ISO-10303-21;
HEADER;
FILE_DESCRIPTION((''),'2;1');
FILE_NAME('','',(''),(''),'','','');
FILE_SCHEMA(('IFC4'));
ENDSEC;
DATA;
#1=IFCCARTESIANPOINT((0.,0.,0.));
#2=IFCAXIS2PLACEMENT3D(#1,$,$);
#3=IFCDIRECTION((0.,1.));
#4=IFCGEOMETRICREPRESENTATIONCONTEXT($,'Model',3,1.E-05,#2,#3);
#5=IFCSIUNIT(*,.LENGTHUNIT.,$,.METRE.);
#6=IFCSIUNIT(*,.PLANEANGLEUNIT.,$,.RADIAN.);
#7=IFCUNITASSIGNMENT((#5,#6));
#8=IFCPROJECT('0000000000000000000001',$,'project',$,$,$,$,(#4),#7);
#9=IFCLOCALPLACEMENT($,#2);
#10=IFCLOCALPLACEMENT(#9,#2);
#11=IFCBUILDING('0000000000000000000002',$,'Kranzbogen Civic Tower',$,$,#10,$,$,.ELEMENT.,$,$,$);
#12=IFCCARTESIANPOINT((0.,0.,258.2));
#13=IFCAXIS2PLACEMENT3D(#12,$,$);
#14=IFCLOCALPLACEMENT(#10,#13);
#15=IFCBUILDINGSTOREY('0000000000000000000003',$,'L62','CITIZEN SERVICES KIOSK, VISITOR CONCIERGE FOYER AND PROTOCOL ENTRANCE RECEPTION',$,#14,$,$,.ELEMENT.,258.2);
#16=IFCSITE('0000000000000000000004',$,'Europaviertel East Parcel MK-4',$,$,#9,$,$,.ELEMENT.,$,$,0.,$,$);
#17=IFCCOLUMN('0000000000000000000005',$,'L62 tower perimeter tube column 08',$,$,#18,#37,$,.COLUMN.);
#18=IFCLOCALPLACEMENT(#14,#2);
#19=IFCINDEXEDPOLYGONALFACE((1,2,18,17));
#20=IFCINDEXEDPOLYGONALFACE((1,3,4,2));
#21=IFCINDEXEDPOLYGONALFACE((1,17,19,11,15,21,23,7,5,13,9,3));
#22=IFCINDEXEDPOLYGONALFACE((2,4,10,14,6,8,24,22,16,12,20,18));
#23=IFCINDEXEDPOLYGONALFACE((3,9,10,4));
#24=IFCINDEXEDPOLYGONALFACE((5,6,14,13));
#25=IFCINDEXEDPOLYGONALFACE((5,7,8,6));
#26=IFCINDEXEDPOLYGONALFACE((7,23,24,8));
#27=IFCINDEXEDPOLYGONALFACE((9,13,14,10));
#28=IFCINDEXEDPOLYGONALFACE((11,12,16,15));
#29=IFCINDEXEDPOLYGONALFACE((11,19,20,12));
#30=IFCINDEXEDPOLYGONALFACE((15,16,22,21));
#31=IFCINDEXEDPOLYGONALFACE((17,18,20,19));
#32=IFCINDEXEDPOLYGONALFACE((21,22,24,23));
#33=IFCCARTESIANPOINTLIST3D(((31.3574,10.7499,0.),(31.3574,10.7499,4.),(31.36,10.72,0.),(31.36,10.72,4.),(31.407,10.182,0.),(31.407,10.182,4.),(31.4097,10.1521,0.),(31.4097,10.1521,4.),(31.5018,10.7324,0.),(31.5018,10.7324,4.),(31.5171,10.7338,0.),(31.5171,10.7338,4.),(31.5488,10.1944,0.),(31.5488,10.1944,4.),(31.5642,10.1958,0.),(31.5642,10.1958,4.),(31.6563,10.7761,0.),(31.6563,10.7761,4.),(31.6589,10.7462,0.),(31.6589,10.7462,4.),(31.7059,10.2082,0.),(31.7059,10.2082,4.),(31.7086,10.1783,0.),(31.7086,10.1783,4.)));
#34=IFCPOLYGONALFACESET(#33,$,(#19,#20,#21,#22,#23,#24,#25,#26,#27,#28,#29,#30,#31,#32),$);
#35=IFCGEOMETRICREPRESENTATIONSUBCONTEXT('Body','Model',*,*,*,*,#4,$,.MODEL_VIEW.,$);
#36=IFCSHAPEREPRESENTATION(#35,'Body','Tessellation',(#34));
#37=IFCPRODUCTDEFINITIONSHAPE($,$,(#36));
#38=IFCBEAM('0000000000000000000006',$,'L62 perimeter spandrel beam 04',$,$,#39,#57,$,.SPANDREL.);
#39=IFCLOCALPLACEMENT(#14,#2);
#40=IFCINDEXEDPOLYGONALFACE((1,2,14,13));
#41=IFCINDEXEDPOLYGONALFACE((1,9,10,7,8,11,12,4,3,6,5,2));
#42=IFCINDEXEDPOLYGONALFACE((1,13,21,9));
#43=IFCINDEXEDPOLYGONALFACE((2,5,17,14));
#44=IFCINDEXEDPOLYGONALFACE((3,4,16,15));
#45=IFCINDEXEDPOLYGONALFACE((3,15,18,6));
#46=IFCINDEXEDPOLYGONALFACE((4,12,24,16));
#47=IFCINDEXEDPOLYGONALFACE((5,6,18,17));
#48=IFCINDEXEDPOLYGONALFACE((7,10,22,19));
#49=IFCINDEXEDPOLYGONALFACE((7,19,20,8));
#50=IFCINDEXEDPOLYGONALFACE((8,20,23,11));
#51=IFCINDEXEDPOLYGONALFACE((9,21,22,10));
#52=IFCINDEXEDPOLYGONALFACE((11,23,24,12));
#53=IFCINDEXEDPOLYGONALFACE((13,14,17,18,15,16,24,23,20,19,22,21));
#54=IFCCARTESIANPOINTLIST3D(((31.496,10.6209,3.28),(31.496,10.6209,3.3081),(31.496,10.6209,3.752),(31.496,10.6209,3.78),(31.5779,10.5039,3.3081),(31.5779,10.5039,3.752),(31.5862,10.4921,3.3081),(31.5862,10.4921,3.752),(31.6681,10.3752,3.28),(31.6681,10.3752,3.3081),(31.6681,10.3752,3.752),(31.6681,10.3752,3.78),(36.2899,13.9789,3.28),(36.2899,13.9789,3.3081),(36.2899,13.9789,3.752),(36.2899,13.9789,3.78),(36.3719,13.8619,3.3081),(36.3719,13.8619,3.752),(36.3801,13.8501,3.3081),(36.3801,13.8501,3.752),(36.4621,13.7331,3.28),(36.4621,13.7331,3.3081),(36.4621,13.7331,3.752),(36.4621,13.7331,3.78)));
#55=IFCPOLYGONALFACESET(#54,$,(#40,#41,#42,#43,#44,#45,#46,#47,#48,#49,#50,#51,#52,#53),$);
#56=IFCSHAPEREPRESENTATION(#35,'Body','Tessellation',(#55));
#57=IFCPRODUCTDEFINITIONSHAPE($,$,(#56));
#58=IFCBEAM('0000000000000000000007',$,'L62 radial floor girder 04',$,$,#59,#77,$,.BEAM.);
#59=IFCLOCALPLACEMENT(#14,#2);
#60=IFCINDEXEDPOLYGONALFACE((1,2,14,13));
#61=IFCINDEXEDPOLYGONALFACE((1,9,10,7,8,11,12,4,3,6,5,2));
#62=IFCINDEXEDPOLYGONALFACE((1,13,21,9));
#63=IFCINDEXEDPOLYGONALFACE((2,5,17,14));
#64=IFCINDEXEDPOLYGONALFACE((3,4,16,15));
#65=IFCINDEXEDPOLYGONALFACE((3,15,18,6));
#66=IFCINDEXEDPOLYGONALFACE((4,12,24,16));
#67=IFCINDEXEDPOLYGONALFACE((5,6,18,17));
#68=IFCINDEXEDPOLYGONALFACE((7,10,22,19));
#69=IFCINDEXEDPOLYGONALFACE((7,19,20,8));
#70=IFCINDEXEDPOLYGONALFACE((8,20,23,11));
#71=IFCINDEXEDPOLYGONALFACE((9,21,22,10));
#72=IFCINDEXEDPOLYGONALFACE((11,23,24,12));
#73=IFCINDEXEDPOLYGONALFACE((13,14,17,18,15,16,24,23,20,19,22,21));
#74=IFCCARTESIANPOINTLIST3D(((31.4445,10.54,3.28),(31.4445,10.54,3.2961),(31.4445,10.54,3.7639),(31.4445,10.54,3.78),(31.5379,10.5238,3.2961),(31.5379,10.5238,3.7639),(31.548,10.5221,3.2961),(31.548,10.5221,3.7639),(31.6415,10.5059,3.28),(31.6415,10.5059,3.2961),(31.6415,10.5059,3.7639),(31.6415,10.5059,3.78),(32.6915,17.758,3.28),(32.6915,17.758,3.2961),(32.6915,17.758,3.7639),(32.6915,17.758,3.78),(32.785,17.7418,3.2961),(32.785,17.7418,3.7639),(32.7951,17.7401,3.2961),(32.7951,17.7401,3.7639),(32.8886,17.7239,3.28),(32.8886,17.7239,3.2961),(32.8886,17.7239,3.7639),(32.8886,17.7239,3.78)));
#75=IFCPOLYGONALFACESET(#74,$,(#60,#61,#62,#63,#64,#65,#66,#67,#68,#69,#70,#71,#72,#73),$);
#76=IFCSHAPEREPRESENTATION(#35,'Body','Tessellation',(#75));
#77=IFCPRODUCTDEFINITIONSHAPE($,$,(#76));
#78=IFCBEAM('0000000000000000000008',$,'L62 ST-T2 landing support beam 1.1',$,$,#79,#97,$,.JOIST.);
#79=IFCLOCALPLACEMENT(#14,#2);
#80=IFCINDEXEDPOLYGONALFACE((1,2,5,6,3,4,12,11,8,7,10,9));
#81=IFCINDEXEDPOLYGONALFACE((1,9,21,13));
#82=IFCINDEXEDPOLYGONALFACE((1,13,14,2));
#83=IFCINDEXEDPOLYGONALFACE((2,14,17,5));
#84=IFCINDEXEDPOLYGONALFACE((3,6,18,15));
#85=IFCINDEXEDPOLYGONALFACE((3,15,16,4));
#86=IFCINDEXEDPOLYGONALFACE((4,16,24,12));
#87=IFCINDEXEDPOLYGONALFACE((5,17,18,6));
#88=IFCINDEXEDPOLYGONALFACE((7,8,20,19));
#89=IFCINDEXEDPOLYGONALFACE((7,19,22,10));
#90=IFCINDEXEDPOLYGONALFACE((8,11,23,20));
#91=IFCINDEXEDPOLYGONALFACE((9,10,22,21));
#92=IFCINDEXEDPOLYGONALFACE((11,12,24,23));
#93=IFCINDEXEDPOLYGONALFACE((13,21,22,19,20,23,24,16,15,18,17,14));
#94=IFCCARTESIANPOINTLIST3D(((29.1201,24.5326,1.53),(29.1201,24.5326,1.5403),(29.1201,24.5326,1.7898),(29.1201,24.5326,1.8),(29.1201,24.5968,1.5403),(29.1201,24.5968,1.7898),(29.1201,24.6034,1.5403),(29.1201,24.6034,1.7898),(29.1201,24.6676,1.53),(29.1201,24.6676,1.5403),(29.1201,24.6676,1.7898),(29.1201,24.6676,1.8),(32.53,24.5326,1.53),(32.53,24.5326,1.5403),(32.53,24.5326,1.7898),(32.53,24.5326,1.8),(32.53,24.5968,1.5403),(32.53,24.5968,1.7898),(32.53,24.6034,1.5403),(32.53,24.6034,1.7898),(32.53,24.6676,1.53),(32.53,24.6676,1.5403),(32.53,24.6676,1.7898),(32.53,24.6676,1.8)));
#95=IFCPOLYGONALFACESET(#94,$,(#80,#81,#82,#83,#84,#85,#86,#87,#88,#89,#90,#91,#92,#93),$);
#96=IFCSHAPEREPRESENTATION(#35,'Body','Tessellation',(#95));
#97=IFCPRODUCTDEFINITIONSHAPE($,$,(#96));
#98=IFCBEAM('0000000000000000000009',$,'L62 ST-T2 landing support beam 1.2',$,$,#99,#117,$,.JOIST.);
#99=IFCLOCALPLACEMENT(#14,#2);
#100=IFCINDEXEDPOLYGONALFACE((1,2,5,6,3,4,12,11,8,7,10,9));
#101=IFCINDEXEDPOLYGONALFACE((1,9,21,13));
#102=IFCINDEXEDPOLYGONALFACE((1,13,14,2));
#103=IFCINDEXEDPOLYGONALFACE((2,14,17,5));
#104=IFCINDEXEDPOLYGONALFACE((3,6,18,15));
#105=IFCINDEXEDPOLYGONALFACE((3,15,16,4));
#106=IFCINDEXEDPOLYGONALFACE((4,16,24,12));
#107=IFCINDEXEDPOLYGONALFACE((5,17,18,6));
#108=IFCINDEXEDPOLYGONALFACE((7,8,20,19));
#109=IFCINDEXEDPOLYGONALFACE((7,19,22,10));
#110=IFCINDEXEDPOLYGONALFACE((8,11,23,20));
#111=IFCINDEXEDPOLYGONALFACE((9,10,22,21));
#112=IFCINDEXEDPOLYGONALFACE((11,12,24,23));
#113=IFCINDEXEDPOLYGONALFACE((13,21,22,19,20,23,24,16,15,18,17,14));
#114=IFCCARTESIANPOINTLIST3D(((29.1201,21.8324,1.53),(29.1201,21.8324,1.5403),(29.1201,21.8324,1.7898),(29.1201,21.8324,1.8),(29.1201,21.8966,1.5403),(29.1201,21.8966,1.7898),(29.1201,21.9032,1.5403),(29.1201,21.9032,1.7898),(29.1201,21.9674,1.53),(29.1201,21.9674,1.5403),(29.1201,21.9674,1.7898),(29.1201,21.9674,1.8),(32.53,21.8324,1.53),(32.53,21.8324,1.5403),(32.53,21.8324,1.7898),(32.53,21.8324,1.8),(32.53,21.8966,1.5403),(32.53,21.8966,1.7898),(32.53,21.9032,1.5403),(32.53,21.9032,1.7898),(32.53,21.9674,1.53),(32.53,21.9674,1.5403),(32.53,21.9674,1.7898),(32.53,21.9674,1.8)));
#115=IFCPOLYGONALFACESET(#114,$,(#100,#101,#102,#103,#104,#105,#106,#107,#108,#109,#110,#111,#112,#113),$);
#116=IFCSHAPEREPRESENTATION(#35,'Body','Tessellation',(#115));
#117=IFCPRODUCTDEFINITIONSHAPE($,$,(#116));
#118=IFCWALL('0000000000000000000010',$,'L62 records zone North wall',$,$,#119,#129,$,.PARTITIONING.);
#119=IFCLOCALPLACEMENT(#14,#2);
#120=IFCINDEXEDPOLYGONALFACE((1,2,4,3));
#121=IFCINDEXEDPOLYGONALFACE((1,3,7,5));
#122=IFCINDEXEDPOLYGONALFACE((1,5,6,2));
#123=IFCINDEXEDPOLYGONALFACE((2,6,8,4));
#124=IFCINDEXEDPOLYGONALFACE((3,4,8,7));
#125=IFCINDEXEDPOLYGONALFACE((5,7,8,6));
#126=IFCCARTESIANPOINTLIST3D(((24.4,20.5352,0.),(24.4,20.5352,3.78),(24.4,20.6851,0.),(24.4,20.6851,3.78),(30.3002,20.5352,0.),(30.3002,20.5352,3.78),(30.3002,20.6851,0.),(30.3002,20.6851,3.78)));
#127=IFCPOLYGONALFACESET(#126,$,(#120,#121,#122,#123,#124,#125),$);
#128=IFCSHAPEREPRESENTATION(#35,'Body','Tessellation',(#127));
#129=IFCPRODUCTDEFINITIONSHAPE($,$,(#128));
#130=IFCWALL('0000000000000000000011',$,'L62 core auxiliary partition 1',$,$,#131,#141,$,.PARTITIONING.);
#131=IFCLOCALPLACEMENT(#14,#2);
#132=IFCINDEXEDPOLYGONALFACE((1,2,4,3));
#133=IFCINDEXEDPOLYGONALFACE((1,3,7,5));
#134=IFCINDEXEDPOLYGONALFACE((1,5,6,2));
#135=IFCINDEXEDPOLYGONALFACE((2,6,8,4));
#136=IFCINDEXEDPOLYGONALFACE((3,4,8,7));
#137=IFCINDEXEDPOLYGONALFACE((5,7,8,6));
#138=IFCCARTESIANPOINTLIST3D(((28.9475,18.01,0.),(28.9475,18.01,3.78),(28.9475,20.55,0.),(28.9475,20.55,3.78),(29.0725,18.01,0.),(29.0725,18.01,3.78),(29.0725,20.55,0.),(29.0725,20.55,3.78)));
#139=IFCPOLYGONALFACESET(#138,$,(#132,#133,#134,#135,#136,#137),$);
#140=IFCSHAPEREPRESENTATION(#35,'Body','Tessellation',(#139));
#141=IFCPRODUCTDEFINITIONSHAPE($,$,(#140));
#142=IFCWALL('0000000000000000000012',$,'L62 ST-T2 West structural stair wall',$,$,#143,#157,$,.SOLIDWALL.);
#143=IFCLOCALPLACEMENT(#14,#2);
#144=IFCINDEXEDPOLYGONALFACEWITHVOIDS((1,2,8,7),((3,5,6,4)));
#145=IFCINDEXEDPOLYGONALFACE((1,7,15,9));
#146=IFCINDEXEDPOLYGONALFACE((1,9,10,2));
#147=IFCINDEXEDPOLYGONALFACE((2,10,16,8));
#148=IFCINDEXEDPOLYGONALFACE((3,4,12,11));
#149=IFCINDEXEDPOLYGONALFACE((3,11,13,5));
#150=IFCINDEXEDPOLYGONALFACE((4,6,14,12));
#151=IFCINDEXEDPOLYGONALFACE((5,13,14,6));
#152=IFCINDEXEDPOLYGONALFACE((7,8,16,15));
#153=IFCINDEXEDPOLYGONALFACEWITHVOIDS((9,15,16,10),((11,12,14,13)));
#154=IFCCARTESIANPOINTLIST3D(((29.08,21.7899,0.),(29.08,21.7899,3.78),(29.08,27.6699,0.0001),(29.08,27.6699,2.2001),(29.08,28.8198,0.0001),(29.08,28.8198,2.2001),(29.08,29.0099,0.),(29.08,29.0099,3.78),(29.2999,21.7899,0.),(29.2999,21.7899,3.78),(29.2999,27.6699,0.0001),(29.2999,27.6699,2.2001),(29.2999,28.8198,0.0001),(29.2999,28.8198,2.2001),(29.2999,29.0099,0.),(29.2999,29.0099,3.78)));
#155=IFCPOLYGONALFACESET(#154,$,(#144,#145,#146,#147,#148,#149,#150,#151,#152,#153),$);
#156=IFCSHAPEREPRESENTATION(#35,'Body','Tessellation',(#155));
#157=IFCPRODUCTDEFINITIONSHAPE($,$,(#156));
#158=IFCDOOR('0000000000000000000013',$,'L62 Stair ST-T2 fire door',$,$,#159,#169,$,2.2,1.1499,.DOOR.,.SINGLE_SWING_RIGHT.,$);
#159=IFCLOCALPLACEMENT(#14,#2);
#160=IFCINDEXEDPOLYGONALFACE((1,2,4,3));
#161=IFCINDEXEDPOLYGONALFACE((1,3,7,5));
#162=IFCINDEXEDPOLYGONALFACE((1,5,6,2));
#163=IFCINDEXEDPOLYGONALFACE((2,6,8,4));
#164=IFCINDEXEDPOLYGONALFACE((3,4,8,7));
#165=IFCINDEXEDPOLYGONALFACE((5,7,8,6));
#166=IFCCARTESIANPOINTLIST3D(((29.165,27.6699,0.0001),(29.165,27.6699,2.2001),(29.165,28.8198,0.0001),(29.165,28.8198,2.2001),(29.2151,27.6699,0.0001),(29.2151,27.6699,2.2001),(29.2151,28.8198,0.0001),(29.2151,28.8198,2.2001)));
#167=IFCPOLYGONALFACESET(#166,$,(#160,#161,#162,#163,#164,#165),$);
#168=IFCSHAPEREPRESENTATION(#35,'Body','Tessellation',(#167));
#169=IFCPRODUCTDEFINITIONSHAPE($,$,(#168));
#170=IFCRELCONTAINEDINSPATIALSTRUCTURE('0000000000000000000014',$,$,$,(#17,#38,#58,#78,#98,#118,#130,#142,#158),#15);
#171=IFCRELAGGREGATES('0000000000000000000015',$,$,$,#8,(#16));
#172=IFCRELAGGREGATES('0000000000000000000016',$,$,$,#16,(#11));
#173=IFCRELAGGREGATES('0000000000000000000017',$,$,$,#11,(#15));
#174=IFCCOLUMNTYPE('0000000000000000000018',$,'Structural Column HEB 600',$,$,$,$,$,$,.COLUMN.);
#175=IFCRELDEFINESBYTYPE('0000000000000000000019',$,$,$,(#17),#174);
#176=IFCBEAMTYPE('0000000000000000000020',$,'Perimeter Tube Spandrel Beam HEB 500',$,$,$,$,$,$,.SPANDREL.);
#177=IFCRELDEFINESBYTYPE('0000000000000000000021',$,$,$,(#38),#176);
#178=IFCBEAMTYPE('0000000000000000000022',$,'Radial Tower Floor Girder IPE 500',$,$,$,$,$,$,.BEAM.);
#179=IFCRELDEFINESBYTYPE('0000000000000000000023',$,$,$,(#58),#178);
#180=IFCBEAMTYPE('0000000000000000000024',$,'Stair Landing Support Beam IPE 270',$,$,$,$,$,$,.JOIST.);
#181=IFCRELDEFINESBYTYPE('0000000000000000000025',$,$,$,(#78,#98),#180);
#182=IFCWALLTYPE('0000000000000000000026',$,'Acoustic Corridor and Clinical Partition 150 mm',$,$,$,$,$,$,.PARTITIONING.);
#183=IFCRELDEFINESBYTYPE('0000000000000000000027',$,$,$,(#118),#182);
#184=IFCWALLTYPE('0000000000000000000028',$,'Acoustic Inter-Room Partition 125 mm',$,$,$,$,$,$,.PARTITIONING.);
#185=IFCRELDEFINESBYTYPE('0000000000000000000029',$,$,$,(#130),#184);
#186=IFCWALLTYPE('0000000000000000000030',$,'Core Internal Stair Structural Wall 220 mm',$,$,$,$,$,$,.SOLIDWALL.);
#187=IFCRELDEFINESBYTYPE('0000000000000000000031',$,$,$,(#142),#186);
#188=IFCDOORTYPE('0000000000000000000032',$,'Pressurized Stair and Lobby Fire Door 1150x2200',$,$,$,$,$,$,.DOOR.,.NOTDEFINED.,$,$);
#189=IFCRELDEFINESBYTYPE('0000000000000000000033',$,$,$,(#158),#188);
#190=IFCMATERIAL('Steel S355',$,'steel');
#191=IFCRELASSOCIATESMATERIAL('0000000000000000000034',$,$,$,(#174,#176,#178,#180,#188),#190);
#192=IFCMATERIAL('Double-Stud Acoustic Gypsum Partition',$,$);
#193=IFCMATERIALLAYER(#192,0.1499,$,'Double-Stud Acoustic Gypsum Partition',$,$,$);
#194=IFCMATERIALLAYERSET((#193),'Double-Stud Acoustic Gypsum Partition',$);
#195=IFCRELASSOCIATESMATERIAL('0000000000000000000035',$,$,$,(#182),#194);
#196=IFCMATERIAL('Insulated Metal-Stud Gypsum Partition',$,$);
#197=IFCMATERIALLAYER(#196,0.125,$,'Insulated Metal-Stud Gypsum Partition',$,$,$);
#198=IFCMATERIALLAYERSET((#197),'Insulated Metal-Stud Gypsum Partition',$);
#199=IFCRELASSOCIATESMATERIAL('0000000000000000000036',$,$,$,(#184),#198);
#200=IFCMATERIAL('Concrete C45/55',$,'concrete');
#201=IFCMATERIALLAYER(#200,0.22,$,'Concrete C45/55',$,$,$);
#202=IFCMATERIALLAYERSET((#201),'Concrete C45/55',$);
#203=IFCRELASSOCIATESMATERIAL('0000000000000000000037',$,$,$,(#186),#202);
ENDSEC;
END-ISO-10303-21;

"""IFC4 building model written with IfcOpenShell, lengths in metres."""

from ifc_helpers import new_model, si_unit, direction, frame, frame_2d, origin, origin_2d, place, context, subcontext, project, spatial, rectangle, i_section, extrude, material, layer, layer_set, material_profile, profile_set, type_object, element, fill, save


model = new_model("IFC4")

# Units and contexts
model_context = context("Model", 3, precision=1e-05, world=origin(), true_north=direction((0.0, 1.0)))
body_context = subcontext(model_context, "Body", "Model", "MODEL_VIEW")
ifc_project = project(units=[si_unit("LENGTHUNIT", "METRE"), si_unit("PLANEANGLEUNIT", "RADIAN")], contexts=[model_context])

# Site, building, storey
site_placement = place(None, origin())
site = spatial("IfcSite", under=ifc_project, at=site_placement, Name="Europaviertel East Parcel MK-4", CompositionType="ELEMENT", RefElevation=0.0)
building_placement = place(site_placement, origin())
building = spatial("IfcBuilding", under=site, at=building_placement, Name="Kranzbogen Civic Tower", CompositionType="ELEMENT")
storey_placement = place(building_placement, frame((0.0, 0.0, 258.2)))
storey = spatial("IfcBuildingStorey", under=building, at=storey_placement, Name="L62", Description="CITIZEN SERVICES KIOSK, VISITOR CONCIERGE FOYER AND PROTOCOL ENTRANCE RECEPTION", CompositionType="ELEMENT", Elevation=258.2)

# Column
ifc_material_1 = material(Name="Steel S355", Category="steel")
ifc_material_profile_1 = material_profile(ifc_material_1, i_section(OverallWidth=0.3, OverallDepth=0.6001, WebThickness=0.0154, FlangeThickness=0.03, at=origin_2d()), Name="HEB 600")
ifc_profile_set_1 = profile_set([ifc_material_profile_1], Name="Steel S355")
column_type = type_object("IfcColumnType", Name="Structural Column HEB 600", PredefinedType="COLUMN", material=ifc_profile_set_1)
column_placement = place(storey_placement, frame((31.533, 10.4641, 0.0), z_axis=(0.0, 0.0, 1.0), x_axis=(0.996195, 0.087156, 0.0)))
element("IfcColumn", 1, at=column_placement, inside=storey, type_object=column_type, Name="L62 tower perimeter tube column 08", PredefinedType="COLUMN", context=body_context, shape_type="SweptSolid", body=[
    extrude(i_section(OverallWidth=0.3, OverallDepth=0.6001, WebThickness=0.0154, FlangeThickness=0.03, at=origin_2d()), origin(), (0.0, 0.0, 1.0), 4.0),
])

# Beams
ifc_material_profile_2 = material_profile(ifc_material_1, i_section(OverallWidth=0.3, OverallDepth=0.5, WebThickness=0.0144, FlangeThickness=0.0281, at=origin_2d()), Name="HEB 500")
ifc_profile_set_2 = profile_set([ifc_material_profile_2], Name="Steel S355")
beam_type_1 = type_object("IfcBeamType", Name="Perimeter Tube Spandrel Beam HEB 500", PredefinedType="SPANDREL", material=ifc_profile_set_2)
beam_1_placement = place(storey_placement, frame((31.582, 10.498, 3.53), z_axis=(0.819059, 0.573709, 0.0), x_axis=(-0.573709, 0.819059, 0.0)))
element("IfcBeam", 2, at=beam_1_placement, inside=storey, type_object=beam_type_1, Name="L62 perimeter spandrel beam 04", PredefinedType="SPANDREL", context=body_context, shape_type="SweptSolid", body=[
    extrude(i_section(OverallWidth=0.3, OverallDepth=0.5, WebThickness=0.0144, FlangeThickness=0.0281, at=origin_2d()), origin(), (0.0, 0.0, 1.0), 5.853),
])
ifc_material_profile_3 = material_profile(ifc_material_1, i_section(OverallWidth=0.2, OverallDepth=0.5, WebThickness=0.0103, FlangeThickness=0.0161, at=origin_2d()), Name="IPE 500")
ifc_profile_set_3 = profile_set([ifc_material_profile_3], Name="Steel S355")
beam_type_2 = type_object("IfcBeamType", Name="Radial Tower Floor Girder IPE 500", PredefinedType="BEAM", material=ifc_profile_set_3)
beam_2_placement = place(storey_placement, frame((31.543, 10.5229, 3.53), z_axis=(0.17025, 0.985401, 0.0), x_axis=(-0.985401, 0.17025, 0.0)))
element("IfcBeam", 3, at=beam_2_placement, inside=storey, type_object=beam_type_2, Name="L62 radial floor girder 04", PredefinedType="BEAM", context=body_context, shape_type="SweptSolid", body=[
    extrude(i_section(OverallWidth=0.2, OverallDepth=0.5, WebThickness=0.0103, FlangeThickness=0.0161, at=origin_2d()), origin(), (0.0, 0.0, 1.0), 7.325),
])
ifc_material_profile_4 = material_profile(ifc_material_1, i_section(OverallWidth=0.135, OverallDepth=0.27, WebThickness=0.0066, FlangeThickness=0.0103, at=origin_2d()), Name="IPE 270")
ifc_profile_set_4 = profile_set([ifc_material_profile_4], Name="Steel S355")
beam_type_3 = type_object("IfcBeamType", Name="Stair Landing Support Beam IPE 270", PredefinedType="JOIST", material=ifc_profile_set_4)
for number, where, z_axis, x_axis, name in (
    (4, (29.1201, 24.6001, 1.665), (1.0, 0.0, 0.0), (0.0, 1.0, 0.0), "L62 ST-T2 landing support beam 1.1"),
    (5, (29.1201, 21.8999, 1.665), (1.0, 0.0, 0.0), (0.0, 1.0, 0.0), "L62 ST-T2 landing support beam 1.2"),
):
    element("IfcBeam", number, at=place(storey_placement, frame(where, z_axis=z_axis, x_axis=x_axis)), inside=storey, type_object=beam_type_3, Name=name, PredefinedType="JOIST", context=body_context, shape_type="SweptSolid", body=[
        extrude(i_section(OverallWidth=0.135, OverallDepth=0.27, WebThickness=0.0066, FlangeThickness=0.0103, at=origin_2d()), origin(), (0.0, 0.0, 1.0), 3.4099),
    ])

# Walls
ifc_material_2 = material(Name="Double-Stud Acoustic Gypsum Partition")
ifc_layer_1 = layer(ifc_material_2, 0.1499, Name="Double-Stud Acoustic Gypsum Partition")
ifc_layer_set_1 = layer_set([ifc_layer_1], Name="Double-Stud Acoustic Gypsum Partition")
wall_type_1 = type_object("IfcWallType", Name="Acoustic Corridor and Clinical Partition 150 mm", PredefinedType="PARTITIONING", material=ifc_layer_set_1)
wall_1_placement = place(storey_placement, frame((24.3999, 20.6101, 0.0), z_axis=(0.0, 0.0, 1.0), x_axis=(1.0, 0.0, 0.0)))
element("IfcWall", 6, at=wall_1_placement, inside=storey, type_object=wall_type_1, Name="L62 records zone North wall", PredefinedType="PARTITIONING", context=body_context, shape_type="SweptSolid", body=[
    extrude(rectangle(XDim=5.9001, YDim=0.1499, at=frame_2d((2.9502, 0.0))), origin(), (0.0, 0.0, 1.0), 3.78),
])
ifc_material_3 = material(Name="Insulated Metal-Stud Gypsum Partition")
ifc_layer_2 = layer(ifc_material_3, 0.125, Name="Insulated Metal-Stud Gypsum Partition")
ifc_layer_set_2 = layer_set([ifc_layer_2], Name="Insulated Metal-Stud Gypsum Partition")
wall_type_2 = type_object("IfcWallType", Name="Acoustic Inter-Room Partition 125 mm", PredefinedType="PARTITIONING", material=ifc_layer_set_2)
wall_2_placement = place(storey_placement, frame((29.01, 18.01, 0.0), z_axis=(0.0, 0.0, 1.0), x_axis=(0.0, 1.0, 0.0)))
element("IfcWall", 7, at=wall_2_placement, inside=storey, type_object=wall_type_2, Name="L62 core auxiliary partition 1", PredefinedType="PARTITIONING", context=body_context, shape_type="SweptSolid", body=[
    extrude(rectangle(XDim=2.54, YDim=0.125, at=frame_2d((1.27, 0.0))), origin(), (0.0, 0.0, 1.0), 3.78),
])

# Wall, opening, door
ifc_material_4 = material(Name="Concrete C45/55", Category="concrete")
ifc_layer_3 = layer(ifc_material_4, 0.22, Name="Concrete C45/55")
ifc_layer_set_3 = layer_set([ifc_layer_3], Name="Concrete C45/55")
wall_type_3 = type_object("IfcWallType", Name="Core Internal Stair Structural Wall 220 mm", PredefinedType="SOLIDWALL", material=ifc_layer_set_3)
wall_3_placement = place(storey_placement, frame((29.1899, 21.79, 0.0), z_axis=(0.0, 0.0, 1.0), x_axis=(0.0, 1.0, 0.0)))
wall_3 = element("IfcWall", 8, at=wall_3_placement, inside=storey, type_object=wall_type_3, Name="L62 ST-T2 West structural stair wall", PredefinedType="SOLIDWALL", context=body_context, shape_type="SweptSolid", body=[
    extrude(rectangle(XDim=7.22, YDim=0.22, at=frame_2d((3.6099, 0.0))), origin(), (0.0, 0.0, 1.0), 3.78),
])
opening_1_placement = place(wall_3_placement, frame((5.8799, 0.0, 0.0)))
opening_1 = element("IfcOpeningElement", 9, at=opening_1_placement, cuts=wall_3, PredefinedType="OPENING", context=body_context, shape_type="SweptSolid", body=[
    extrude(rectangle(XDim=1.1499, YDim=2.2, at=frame_2d((0.575, 1.1001))), frame((0.0, 0.1201, 0.0), z_axis=(0.0, -1.0, 0.0), x_axis=(1.0, 0.0, 0.0)), (0.0, 0.0, 1.0), 0.24),
])
door_type_1 = type_object("IfcDoorType", Name="Pressurized Stair and Lobby Fire Door 1150x2200", OperationType="NOTDEFINED", PredefinedType="DOOR", material=ifc_material_1)
door_1_placement = place(opening_1_placement, origin())
door_1 = element("IfcDoor", 10, at=door_1_placement, inside=storey, type_object=door_type_1, Name="L62 Stair ST-T2 fire door", OperationType="SINGLE_SWING_RIGHT", OverallHeight=2.2, OverallWidth=1.1499, PredefinedType="DOOR", context=body_context, shape_type="SweptSolid", body=[
    extrude(rectangle(XDim=1.1499, YDim=2.2, at=frame_2d((0.575, 1.1001))), frame((0.0, 0.0249, 0.0), z_axis=(0.0, -1.0, 0.0), x_axis=(1.0, 0.0, 0.0)), (0.0, 0.0, 1.0), 0.05),
])
fill(opening_1, door_1)

save(model, "model.ifc")
